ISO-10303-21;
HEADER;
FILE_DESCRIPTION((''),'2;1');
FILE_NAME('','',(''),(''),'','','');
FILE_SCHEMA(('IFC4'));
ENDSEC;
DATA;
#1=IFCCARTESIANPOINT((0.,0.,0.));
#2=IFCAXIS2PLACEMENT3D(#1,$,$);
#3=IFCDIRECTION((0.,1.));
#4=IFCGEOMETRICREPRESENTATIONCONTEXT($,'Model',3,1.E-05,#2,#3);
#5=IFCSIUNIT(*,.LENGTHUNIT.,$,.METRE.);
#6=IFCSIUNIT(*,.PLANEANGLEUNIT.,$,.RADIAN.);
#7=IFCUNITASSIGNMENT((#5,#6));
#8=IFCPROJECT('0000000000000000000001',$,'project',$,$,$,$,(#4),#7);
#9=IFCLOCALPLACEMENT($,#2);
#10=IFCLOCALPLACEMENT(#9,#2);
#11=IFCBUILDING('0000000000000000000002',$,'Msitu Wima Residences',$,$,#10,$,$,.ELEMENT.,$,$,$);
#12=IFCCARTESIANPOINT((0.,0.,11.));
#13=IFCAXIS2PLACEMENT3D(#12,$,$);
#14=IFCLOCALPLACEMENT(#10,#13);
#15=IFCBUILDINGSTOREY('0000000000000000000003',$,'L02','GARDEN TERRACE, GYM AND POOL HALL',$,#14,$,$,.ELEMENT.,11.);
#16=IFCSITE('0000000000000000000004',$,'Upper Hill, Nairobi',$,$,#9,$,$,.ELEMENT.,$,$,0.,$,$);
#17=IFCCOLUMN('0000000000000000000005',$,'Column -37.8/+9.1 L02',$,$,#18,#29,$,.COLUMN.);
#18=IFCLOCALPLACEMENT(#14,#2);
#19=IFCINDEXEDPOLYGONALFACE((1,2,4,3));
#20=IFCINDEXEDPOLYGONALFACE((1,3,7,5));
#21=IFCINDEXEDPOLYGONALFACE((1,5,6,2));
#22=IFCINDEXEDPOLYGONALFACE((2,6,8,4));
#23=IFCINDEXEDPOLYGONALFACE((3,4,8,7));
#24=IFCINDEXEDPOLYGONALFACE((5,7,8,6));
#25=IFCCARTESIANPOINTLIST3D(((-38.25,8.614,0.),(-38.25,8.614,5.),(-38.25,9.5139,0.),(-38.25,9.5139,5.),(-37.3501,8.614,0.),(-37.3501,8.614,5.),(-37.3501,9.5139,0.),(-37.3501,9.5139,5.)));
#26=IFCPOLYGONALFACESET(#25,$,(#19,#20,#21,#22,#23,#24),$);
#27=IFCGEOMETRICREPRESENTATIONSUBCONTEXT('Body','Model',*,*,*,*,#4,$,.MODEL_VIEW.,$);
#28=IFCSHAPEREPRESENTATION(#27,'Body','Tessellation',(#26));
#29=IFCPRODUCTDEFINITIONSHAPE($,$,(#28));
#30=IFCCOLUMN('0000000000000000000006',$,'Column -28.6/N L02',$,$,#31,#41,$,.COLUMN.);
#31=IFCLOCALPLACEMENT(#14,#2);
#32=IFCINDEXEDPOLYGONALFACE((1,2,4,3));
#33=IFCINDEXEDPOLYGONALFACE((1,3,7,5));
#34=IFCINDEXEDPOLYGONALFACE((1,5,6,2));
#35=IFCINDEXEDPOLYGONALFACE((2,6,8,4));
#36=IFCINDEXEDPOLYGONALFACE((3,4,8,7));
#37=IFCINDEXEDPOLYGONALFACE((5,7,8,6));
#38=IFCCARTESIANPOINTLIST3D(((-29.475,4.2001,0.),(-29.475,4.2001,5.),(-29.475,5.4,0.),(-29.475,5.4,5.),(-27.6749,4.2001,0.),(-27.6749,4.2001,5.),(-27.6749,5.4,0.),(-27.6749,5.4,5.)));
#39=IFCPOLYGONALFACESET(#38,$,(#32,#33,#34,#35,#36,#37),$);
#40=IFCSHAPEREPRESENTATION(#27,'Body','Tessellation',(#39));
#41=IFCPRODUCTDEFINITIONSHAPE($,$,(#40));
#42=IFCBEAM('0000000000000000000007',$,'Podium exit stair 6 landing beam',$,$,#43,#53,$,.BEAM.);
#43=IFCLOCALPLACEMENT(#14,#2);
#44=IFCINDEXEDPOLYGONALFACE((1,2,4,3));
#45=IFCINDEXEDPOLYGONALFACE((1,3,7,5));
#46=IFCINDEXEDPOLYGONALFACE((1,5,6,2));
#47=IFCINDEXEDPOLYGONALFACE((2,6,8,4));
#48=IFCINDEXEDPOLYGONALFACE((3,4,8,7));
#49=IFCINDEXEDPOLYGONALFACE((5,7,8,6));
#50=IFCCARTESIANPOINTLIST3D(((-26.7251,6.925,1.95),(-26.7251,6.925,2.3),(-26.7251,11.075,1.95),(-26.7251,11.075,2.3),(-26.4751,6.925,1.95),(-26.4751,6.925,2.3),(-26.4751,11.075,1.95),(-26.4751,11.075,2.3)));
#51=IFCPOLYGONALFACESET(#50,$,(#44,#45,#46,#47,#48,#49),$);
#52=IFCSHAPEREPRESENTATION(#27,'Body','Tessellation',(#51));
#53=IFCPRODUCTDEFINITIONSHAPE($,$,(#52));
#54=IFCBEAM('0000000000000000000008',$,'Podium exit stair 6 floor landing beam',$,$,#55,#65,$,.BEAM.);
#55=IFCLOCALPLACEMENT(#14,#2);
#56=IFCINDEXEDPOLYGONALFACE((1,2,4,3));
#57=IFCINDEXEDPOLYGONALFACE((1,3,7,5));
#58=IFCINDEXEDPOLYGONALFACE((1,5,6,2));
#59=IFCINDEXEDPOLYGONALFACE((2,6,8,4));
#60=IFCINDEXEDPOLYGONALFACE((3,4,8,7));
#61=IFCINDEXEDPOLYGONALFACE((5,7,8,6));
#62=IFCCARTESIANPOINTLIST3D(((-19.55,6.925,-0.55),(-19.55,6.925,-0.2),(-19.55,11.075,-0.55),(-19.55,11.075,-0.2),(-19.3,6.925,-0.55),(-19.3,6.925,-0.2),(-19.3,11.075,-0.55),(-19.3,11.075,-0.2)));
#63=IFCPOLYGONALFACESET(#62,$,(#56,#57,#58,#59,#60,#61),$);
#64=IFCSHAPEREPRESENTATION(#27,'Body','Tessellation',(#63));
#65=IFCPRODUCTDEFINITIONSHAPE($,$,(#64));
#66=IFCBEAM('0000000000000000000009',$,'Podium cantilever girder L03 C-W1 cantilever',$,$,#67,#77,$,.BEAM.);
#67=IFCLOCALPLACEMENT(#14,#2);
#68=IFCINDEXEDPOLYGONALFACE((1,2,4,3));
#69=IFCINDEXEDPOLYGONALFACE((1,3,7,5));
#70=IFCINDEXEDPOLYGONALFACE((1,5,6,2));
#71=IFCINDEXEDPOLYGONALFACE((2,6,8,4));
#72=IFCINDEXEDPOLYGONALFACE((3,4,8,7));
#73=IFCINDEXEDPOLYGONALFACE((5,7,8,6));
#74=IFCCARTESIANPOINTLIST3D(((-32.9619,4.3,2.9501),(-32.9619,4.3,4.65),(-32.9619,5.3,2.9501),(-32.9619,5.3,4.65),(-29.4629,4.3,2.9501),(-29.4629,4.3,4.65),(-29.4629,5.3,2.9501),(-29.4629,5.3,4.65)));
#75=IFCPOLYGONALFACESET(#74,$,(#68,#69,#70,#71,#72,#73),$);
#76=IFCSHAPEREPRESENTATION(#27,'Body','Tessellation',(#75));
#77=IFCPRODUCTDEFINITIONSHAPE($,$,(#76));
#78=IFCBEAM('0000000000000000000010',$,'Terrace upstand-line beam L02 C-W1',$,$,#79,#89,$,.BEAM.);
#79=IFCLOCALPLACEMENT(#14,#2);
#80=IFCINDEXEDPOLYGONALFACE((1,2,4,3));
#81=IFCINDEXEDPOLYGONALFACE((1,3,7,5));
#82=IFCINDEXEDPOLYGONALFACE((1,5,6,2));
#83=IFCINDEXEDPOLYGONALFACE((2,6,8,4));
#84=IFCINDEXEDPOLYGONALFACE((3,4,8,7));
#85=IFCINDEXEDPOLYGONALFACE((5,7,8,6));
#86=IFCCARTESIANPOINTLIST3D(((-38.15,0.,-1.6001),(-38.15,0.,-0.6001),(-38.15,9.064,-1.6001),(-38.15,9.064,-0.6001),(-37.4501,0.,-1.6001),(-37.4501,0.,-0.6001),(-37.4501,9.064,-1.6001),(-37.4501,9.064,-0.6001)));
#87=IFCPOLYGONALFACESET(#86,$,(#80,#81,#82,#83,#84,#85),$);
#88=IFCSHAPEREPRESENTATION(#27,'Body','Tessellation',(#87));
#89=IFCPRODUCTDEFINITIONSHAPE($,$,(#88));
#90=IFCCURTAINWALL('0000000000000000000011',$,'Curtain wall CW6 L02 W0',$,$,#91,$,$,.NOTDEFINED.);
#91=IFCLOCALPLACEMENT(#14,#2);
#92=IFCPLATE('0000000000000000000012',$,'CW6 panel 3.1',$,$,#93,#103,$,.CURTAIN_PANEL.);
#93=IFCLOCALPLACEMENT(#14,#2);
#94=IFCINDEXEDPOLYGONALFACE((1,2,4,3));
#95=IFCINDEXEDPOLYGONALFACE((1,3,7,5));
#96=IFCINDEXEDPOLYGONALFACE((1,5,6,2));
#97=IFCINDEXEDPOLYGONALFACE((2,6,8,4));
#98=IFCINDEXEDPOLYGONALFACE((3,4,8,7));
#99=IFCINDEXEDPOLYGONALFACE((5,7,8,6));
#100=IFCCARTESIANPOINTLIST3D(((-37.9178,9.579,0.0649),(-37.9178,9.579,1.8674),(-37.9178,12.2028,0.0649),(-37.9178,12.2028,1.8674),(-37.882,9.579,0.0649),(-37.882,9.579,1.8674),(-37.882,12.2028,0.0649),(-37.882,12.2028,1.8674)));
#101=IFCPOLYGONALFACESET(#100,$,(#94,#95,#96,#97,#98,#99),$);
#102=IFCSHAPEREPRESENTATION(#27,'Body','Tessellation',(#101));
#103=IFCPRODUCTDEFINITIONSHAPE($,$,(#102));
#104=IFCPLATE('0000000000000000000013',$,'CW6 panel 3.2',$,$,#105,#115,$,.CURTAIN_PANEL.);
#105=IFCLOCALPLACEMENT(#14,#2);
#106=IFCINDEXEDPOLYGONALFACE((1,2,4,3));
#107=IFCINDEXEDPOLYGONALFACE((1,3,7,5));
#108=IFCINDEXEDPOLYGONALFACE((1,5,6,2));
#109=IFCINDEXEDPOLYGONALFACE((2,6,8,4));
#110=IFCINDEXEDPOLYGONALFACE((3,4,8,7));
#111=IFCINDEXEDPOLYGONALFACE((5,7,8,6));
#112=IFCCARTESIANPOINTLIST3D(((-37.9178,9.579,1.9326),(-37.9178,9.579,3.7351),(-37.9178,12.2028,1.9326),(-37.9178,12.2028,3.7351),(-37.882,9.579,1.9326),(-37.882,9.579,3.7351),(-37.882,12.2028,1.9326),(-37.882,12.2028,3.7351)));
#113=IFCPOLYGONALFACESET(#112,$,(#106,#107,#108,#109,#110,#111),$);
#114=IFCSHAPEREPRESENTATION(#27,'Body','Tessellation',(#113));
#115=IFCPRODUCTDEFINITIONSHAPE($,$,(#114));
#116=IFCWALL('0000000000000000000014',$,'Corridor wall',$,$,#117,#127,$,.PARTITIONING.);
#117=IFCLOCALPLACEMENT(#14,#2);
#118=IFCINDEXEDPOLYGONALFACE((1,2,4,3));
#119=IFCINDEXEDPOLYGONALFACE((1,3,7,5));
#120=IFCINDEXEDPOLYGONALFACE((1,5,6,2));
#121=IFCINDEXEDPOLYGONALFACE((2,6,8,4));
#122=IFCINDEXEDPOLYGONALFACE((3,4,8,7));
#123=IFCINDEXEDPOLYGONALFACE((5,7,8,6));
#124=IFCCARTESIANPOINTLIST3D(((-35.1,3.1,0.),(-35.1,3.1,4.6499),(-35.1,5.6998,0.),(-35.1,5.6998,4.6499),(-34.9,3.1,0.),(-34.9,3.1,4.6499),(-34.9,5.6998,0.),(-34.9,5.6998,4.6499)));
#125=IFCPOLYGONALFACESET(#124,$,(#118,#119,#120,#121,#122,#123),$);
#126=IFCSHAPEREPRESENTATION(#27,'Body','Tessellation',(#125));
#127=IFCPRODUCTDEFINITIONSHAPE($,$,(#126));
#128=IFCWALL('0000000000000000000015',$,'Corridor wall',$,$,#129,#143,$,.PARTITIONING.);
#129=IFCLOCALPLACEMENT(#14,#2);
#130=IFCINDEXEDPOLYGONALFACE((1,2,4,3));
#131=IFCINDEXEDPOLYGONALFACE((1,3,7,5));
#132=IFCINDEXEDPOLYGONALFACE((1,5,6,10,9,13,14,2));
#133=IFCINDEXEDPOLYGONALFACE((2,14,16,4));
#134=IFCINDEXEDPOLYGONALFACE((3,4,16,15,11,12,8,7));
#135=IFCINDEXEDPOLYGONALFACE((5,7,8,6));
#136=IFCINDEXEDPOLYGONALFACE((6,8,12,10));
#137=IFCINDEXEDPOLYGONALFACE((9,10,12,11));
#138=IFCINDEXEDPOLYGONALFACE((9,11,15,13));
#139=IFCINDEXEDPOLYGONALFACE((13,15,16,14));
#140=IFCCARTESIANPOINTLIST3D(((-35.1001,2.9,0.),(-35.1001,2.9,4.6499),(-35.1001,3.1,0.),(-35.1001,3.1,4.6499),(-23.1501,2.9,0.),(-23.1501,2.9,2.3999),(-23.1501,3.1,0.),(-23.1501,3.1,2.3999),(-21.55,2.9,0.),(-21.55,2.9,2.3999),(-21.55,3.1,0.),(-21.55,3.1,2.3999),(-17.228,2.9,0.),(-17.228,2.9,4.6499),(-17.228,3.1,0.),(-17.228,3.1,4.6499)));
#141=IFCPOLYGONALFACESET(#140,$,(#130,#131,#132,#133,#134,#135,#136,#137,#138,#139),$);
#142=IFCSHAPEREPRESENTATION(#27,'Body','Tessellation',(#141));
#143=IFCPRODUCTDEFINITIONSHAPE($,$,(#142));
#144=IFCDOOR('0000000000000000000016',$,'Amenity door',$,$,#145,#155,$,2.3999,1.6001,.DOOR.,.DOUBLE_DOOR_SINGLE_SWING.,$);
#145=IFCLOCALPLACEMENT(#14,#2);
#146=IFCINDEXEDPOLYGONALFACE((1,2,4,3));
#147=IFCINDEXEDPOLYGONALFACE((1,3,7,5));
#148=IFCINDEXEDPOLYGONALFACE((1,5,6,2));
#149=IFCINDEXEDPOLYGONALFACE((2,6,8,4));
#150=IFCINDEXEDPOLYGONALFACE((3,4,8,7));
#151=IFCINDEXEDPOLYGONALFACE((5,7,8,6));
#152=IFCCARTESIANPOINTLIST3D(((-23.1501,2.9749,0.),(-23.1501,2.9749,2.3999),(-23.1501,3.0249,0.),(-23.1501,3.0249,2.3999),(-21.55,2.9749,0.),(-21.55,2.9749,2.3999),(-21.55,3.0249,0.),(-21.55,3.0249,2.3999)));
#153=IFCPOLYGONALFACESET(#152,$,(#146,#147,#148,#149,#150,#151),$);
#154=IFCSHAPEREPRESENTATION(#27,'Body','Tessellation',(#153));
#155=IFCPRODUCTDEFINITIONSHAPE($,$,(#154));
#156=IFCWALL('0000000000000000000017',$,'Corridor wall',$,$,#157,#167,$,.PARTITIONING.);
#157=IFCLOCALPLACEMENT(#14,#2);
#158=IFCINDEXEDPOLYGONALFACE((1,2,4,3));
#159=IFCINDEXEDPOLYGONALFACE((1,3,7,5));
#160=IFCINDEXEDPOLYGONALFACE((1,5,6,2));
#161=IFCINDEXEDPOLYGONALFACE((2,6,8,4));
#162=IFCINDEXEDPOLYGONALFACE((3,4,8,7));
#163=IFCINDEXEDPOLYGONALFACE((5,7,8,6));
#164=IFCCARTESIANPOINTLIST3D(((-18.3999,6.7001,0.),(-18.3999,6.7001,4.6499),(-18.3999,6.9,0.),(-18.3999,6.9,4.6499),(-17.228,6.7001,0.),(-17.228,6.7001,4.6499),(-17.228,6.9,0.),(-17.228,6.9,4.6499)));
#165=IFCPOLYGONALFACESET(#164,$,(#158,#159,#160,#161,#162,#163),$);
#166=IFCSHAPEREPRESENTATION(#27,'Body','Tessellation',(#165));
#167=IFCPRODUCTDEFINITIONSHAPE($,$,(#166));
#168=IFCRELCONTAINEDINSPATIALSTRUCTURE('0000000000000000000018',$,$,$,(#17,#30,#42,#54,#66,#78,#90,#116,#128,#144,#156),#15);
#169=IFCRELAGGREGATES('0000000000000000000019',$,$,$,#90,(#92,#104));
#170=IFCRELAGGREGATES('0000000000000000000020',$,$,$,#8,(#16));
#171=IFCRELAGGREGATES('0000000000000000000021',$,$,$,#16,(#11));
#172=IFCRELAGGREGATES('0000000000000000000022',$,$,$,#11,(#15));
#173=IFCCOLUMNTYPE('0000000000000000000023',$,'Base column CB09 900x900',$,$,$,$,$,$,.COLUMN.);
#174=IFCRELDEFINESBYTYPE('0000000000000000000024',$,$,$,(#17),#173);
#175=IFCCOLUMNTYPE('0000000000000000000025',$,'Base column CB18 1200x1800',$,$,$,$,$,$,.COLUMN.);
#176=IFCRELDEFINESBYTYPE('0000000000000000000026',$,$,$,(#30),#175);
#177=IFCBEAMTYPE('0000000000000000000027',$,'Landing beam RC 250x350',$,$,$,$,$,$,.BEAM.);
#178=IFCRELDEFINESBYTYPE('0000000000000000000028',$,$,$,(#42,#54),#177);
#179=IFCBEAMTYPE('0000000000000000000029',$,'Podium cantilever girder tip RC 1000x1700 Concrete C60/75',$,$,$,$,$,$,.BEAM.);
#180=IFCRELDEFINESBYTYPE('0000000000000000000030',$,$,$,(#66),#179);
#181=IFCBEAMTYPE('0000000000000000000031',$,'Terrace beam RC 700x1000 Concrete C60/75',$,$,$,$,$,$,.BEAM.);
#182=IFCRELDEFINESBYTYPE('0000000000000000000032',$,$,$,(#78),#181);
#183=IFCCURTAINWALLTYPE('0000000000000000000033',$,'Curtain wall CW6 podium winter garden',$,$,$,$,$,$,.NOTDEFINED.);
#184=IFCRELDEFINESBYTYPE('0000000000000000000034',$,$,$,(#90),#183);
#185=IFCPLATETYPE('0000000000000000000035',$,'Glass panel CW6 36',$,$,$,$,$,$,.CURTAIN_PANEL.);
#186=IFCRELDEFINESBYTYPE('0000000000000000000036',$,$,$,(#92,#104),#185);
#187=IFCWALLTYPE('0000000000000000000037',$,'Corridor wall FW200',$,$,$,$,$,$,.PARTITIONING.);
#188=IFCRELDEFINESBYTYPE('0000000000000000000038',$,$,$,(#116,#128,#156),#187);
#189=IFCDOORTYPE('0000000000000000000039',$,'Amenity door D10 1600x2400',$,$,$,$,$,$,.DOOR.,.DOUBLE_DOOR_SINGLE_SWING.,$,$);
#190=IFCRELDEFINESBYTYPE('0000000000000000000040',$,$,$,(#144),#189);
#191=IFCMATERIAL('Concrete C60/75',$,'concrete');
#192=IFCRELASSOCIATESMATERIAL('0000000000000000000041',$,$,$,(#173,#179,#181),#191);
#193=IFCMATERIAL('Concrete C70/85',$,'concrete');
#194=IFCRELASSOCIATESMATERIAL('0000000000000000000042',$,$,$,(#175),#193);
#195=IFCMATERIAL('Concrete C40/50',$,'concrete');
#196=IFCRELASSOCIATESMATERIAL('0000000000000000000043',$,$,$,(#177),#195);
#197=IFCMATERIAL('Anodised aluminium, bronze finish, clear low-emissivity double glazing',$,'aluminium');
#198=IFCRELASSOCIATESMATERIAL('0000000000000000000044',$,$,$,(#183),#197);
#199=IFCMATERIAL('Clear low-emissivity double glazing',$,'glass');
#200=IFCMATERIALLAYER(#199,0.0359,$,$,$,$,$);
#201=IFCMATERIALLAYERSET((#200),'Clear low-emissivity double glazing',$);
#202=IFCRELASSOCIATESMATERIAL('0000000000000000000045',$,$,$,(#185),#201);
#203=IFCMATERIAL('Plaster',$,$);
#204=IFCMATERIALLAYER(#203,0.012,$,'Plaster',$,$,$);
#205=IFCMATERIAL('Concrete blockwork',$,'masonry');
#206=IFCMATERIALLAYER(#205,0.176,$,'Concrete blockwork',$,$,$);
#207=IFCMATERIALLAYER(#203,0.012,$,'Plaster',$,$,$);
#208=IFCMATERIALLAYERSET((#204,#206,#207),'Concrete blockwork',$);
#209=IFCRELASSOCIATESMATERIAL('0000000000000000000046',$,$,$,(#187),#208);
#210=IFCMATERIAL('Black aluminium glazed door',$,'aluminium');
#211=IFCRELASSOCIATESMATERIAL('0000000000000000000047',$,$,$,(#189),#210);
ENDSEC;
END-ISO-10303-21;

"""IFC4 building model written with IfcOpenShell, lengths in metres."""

from ifc_helpers import new_model, si_unit, direction, frame, frame_2d, origin, origin_2d, place, context, subcontext, project, spatial, rectangle, extrude, material, layer, layer_set, material_profile, profile_set, type_object, element, fill, aggregate, save


model = new_model("IFC4")

# Units and contexts
model_context = context("Model", 3, precision=1e-05, world=origin(), true_north=direction((0.0, 1.0)))
body_context = subcontext(model_context, "Body", "Model", "MODEL_VIEW")
ifc_project = project(units=[si_unit("LENGTHUNIT", "METRE"), si_unit("PLANEANGLEUNIT", "RADIAN")], contexts=[model_context])

# Site, building, storey
site_placement = place(None, origin())
site = spatial("IfcSite", under=ifc_project, at=site_placement, Name="Upper Hill, Nairobi", CompositionType="ELEMENT", RefElevation=0.0)
building_placement = place(site_placement, origin())
building = spatial("IfcBuilding", under=site, at=building_placement, Name="Msitu Wima Residences", CompositionType="ELEMENT")
storey_placement = place(building_placement, frame((0.0, 0.0, 11.0)))
storey = spatial("IfcBuildingStorey", under=building, at=storey_placement, Name="L02", Description="GARDEN TERRACE, GYM AND POOL HALL", CompositionType="ELEMENT", Elevation=11.0)

# Columns
ifc_material_1 = material(Name="Concrete C60/75", Category="concrete")
ifc_material_profile_1 = material_profile(ifc_material_1, rectangle(XDim=0.8999, YDim=0.8999, at=origin_2d()), Name="RC 900x900")
ifc_profile_set_1 = profile_set([ifc_material_profile_1], Name="Concrete C60/75")
column_type_1 = type_object("IfcColumnType", Name="Base column CB09 900x900", PredefinedType="COLUMN", material=ifc_profile_set_1)
column_1_placement = place(storey_placement, frame((-37.8, 9.064, 0.0), z_axis=(0.0, 0.0, 1.0), x_axis=(1.0, 0.0, 0.0)))
element("IfcColumn", 1, at=column_1_placement, inside=storey, type_object=column_type_1, Name="Column -37.8/+9.1 L02", PredefinedType="COLUMN", context=body_context, shape_type="SweptSolid", body=[
    extrude(rectangle(XDim=0.8999, YDim=0.8999, at=origin_2d()), origin(), (0.0, 0.0, 1.0), 5.0),
])
ifc_material_2 = material(Name="Concrete C70/85", Category="concrete")
ifc_material_profile_2 = material_profile(ifc_material_2, rectangle(XDim=1.2, YDim=1.8, at=origin_2d()), Name="RC 1200x1800")
ifc_profile_set_2 = profile_set([ifc_material_profile_2], Name="Concrete C70/85")
column_type_2 = type_object("IfcColumnType", Name="Base column CB18 1200x1800", PredefinedType="COLUMN", material=ifc_profile_set_2)
column_2_placement = place(storey_placement, frame((-28.575, 4.8, 0.0), z_axis=(0.0, 0.0, 1.0), x_axis=(0.0, -1.0, 0.0)))
element("IfcColumn", 2, at=column_2_placement, inside=storey, type_object=column_type_2, Name="Column -28.6/N L02", PredefinedType="COLUMN", context=body_context, shape_type="SweptSolid", body=[
    extrude(rectangle(XDim=1.2, YDim=1.8, at=origin_2d()), origin(), (0.0, 0.0, 1.0), 5.0),
])

# Beams
ifc_material_3 = material(Name="Concrete C40/50", Category="concrete")
ifc_material_profile_3 = material_profile(ifc_material_3, rectangle(XDim=0.25, YDim=0.3501, at=origin_2d()), Name="RC 250x350")
ifc_profile_set_3 = profile_set([ifc_material_profile_3], Name="Concrete C40/50")
beam_type_1 = type_object("IfcBeamType", Name="Landing beam RC 250x350", PredefinedType="BEAM", material=ifc_profile_set_3)
for number, where, z_axis, x_axis, name in (
    (3, (-26.6001, 6.925, 2.125), (0.0, 1.0, 0.0), (-1.0, 0.0, 0.0), "Podium exit stair 6 landing beam"),
    (4, (-19.425, 6.925, -0.375), (0.0, 1.0, 0.0), (-1.0, 0.0, 0.0), "Podium exit stair 6 floor landing beam"),
):
    element("IfcBeam", number, at=place(storey_placement, frame(where, z_axis=z_axis, x_axis=x_axis)), inside=storey, type_object=beam_type_1, Name=name, PredefinedType="BEAM", context=body_context, shape_type="SweptSolid", body=[
        extrude(rectangle(XDim=0.25, YDim=0.3501, at=origin_2d()), origin(), (0.0, 0.0, 1.0), 4.1499),
    ])
ifc_material_profile_4 = material_profile(ifc_material_1, rectangle(XDim=1.0, YDim=1.7, at=origin_2d()), Name="RC 1000x1700")
ifc_profile_set_4 = profile_set([ifc_material_profile_4], Name="Concrete C60/75")
beam_type_2 = type_object("IfcBeamType", Name="Podium cantilever girder tip RC 1000x1700 Concrete C60/75", PredefinedType="BEAM", material=ifc_profile_set_4)
beam_1_placement = place(storey_placement, frame((-29.4629, 4.8, 3.8), z_axis=(-1.0, 0.0, 0.0), x_axis=(0.0, -1.0, 0.0)))
element("IfcBeam", 5, at=beam_1_placement, inside=storey, type_object=beam_type_2, Name="Podium cantilever girder L03 C-W1 cantilever", PredefinedType="BEAM", context=body_context, shape_type="SweptSolid", body=[
    extrude(rectangle(XDim=1.0, YDim=1.7, at=origin_2d()), origin(), (0.0, 0.0, 1.0), 3.499),
])
ifc_material_profile_5 = material_profile(ifc_material_1, rectangle(XDim=0.7, YDim=1.0, at=origin_2d()), Name="RC 700x1000")
ifc_profile_set_5 = profile_set([ifc_material_profile_5], Name="Concrete C60/75")
beam_type_3 = type_object("IfcBeamType", Name="Terrace beam RC 700x1000 Concrete C60/75", PredefinedType="BEAM", material=ifc_profile_set_5)
beam_2_placement = place(storey_placement, frame((-37.8, 9.064, -1.1001), z_axis=(0.0, -1.0, 0.0), x_axis=(1.0, 0.0, 0.0)))
element("IfcBeam", 6, at=beam_2_placement, inside=storey, type_object=beam_type_3, Name="Terrace upstand-line beam L02 C-W1", PredefinedType="BEAM", context=body_context, shape_type="SweptSolid", body=[
    extrude(rectangle(XDim=0.7, YDim=1.0, at=origin_2d()), origin(), (0.0, 0.0, 1.0), 9.064),
])

# Curtain wall, plates
ifc_material_4 = material(Name="Anodised aluminium, bronze finish, clear low-emissivity double glazing", Category="aluminium")
curtain_wall_type = type_object("IfcCurtainWallType", Name="Curtain wall CW6 podium winter garden", PredefinedType="NOTDEFINED", material=ifc_material_4)
curtain_wall_placement = place(storey_placement, origin())
curtain_wall = element("IfcCurtainWall", 7, at=curtain_wall_placement, inside=storey, type_object=curtain_wall_type, Name="Curtain wall CW6 L02 W0", PredefinedType="NOTDEFINED")
ifc_material_5 = material(Name="Clear low-emissivity double glazing", Category="glass")
ifc_layer_1 = layer(ifc_material_5, 0.0359)
ifc_layer_set_1 = layer_set([ifc_layer_1], Name="Clear low-emissivity double glazing")
plate_type = type_object("IfcPlateType", Name="Glass panel CW6 36", PredefinedType="CURTAIN_PANEL", material=ifc_layer_set_1)
plate_1_placement = place(storey_placement, frame((-37.8999, 10.8909, 0.0649), z_axis=(0.0, 0.0, 1.0), x_axis=(0.0, -1.0, 0.0)))
plate_1 = element("IfcPlate", 8, at=plate_1_placement, type_object=plate_type, Name="CW6 panel 3.1", PredefinedType="CURTAIN_PANEL", context=body_context, shape_type="SweptSolid", body=[
    extrude(rectangle(XDim=2.6238, YDim=0.0359, at=origin_2d()), origin(), (0.0, 0.0, 1.0), 1.8025),
])
plate_2_placement = place(storey_placement, frame((-37.8999, 10.8909, 1.9326), z_axis=(0.0, 0.0, 1.0), x_axis=(0.0, -1.0, 0.0)))
plate_2 = element("IfcPlate", 9, at=plate_2_placement, type_object=plate_type, Name="CW6 panel 3.2", PredefinedType="CURTAIN_PANEL", context=body_context, shape_type="SweptSolid", body=[
    extrude(rectangle(XDim=2.6238, YDim=0.0359, at=origin_2d()), origin(), (0.0, 0.0, 1.0), 1.8025),
])
aggregate(curtain_wall, [plate_1, plate_2])

# Shared definitions
ifc_material_6 = material(Name="Plaster")
ifc_layer_2 = layer(ifc_material_6, 0.012, Name="Plaster")
ifc_material_7 = material(Name="Concrete blockwork", Category="masonry")
ifc_layer_3 = layer(ifc_material_7, 0.176, Name="Concrete blockwork")
ifc_layer_4 = layer(ifc_material_6, 0.012, Name="Plaster")
ifc_layer_set_2 = layer_set([ifc_layer_2, ifc_layer_3, ifc_layer_4], Name="Concrete blockwork")
wall_type_1 = type_object("IfcWallType", Name="Corridor wall FW200", PredefinedType="PARTITIONING", material=ifc_layer_set_2)
ifc_material_8 = material(Name="Black aluminium glazed door", Category="aluminium")
door_type_1 = type_object("IfcDoorType", Name="Amenity door D10 1600x2400", OperationType="DOUBLE_DOOR_SINGLE_SWING", PredefinedType="DOOR", material=ifc_material_8)

# Wall
wall_1_placement = place(storey_placement, frame((-35.0, 3.1001, 0.0), z_axis=(0.0, 0.0, 1.0), x_axis=(0.0, 1.0, 0.0)))
element("IfcWall", 10, at=wall_1_placement, inside=storey, type_object=wall_type_1, Name="Corridor wall", PredefinedType="PARTITIONING", context=body_context, shape_type="SweptSolid", body=[
    extrude(rectangle(XDim=2.5999, YDim=0.2, at=frame_2d((1.2998, 0.0))), origin(), (0.0, 0.0, 1.0), 4.6499),
])

# Wall, opening, door
wall_2_placement = place(storey_placement, frame((-35.1001, 3.0, 0.0), z_axis=(0.0, 0.0, 1.0), x_axis=(1.0, 0.0, 0.0)))
wall_2 = element("IfcWall", 11, at=wall_2_placement, inside=storey, type_object=wall_type_1, Name="Corridor wall", PredefinedType="PARTITIONING", context=body_context, shape_type="SweptSolid", body=[
    extrude(rectangle(XDim=17.8721, YDim=0.2, at=frame_2d((8.936, 0.0))), origin(), (0.0, 0.0, 1.0), 4.6499),
])
opening_1_placement = place(wall_2_placement, frame((11.95, 0.0, 0.0)))
opening_1 = element("IfcOpeningElement", 12, at=opening_1_placement, cuts=wall_2, PredefinedType="OPENING", context=body_context, shape_type="SweptSolid", body=[
    extrude(rectangle(XDim=1.6001, YDim=2.3999, at=frame_2d((0.8, 1.2))), frame((0.0, 0.1099, 0.0), z_axis=(0.0, -1.0, 0.0), x_axis=(1.0, 0.0, 0.0)), (0.0, 0.0, 1.0), 0.22),
])
door_1_placement = place(opening_1_placement, origin())
door_1 = element("IfcDoor", 13, at=door_1_placement, inside=storey, type_object=door_type_1, Name="Amenity door", OperationType="DOUBLE_DOOR_SINGLE_SWING", OverallHeight=2.3999, OverallWidth=1.6001, PredefinedType="DOOR", context=body_context, shape_type="SweptSolid", body=[
    extrude(rectangle(XDim=1.6001, YDim=2.3999, at=frame_2d((0.8, 1.2))), frame((0.0, 0.0249, 0.0), z_axis=(0.0, -1.0, 0.0), x_axis=(1.0, 0.0, 0.0)), (0.0, 0.0, 1.0), 0.05),
])
fill(opening_1, door_1)

# Wall
wall_3_placement = place(storey_placement, frame((-18.3999, 6.8, 0.0), z_axis=(0.0, 0.0, 1.0), x_axis=(1.0, 0.0, 0.0)))
element("IfcWall", 14, at=wall_3_placement, inside=storey, type_object=wall_type_1, Name="Corridor wall", PredefinedType="PARTITIONING", context=body_context, shape_type="SweptSolid", body=[
    extrude(rectangle(XDim=1.1719, YDim=0.2, at=frame_2d((0.5859, 0.0))), origin(), (0.0, 0.0, 1.0), 4.6499),
])

save(model, "model.ifc")
